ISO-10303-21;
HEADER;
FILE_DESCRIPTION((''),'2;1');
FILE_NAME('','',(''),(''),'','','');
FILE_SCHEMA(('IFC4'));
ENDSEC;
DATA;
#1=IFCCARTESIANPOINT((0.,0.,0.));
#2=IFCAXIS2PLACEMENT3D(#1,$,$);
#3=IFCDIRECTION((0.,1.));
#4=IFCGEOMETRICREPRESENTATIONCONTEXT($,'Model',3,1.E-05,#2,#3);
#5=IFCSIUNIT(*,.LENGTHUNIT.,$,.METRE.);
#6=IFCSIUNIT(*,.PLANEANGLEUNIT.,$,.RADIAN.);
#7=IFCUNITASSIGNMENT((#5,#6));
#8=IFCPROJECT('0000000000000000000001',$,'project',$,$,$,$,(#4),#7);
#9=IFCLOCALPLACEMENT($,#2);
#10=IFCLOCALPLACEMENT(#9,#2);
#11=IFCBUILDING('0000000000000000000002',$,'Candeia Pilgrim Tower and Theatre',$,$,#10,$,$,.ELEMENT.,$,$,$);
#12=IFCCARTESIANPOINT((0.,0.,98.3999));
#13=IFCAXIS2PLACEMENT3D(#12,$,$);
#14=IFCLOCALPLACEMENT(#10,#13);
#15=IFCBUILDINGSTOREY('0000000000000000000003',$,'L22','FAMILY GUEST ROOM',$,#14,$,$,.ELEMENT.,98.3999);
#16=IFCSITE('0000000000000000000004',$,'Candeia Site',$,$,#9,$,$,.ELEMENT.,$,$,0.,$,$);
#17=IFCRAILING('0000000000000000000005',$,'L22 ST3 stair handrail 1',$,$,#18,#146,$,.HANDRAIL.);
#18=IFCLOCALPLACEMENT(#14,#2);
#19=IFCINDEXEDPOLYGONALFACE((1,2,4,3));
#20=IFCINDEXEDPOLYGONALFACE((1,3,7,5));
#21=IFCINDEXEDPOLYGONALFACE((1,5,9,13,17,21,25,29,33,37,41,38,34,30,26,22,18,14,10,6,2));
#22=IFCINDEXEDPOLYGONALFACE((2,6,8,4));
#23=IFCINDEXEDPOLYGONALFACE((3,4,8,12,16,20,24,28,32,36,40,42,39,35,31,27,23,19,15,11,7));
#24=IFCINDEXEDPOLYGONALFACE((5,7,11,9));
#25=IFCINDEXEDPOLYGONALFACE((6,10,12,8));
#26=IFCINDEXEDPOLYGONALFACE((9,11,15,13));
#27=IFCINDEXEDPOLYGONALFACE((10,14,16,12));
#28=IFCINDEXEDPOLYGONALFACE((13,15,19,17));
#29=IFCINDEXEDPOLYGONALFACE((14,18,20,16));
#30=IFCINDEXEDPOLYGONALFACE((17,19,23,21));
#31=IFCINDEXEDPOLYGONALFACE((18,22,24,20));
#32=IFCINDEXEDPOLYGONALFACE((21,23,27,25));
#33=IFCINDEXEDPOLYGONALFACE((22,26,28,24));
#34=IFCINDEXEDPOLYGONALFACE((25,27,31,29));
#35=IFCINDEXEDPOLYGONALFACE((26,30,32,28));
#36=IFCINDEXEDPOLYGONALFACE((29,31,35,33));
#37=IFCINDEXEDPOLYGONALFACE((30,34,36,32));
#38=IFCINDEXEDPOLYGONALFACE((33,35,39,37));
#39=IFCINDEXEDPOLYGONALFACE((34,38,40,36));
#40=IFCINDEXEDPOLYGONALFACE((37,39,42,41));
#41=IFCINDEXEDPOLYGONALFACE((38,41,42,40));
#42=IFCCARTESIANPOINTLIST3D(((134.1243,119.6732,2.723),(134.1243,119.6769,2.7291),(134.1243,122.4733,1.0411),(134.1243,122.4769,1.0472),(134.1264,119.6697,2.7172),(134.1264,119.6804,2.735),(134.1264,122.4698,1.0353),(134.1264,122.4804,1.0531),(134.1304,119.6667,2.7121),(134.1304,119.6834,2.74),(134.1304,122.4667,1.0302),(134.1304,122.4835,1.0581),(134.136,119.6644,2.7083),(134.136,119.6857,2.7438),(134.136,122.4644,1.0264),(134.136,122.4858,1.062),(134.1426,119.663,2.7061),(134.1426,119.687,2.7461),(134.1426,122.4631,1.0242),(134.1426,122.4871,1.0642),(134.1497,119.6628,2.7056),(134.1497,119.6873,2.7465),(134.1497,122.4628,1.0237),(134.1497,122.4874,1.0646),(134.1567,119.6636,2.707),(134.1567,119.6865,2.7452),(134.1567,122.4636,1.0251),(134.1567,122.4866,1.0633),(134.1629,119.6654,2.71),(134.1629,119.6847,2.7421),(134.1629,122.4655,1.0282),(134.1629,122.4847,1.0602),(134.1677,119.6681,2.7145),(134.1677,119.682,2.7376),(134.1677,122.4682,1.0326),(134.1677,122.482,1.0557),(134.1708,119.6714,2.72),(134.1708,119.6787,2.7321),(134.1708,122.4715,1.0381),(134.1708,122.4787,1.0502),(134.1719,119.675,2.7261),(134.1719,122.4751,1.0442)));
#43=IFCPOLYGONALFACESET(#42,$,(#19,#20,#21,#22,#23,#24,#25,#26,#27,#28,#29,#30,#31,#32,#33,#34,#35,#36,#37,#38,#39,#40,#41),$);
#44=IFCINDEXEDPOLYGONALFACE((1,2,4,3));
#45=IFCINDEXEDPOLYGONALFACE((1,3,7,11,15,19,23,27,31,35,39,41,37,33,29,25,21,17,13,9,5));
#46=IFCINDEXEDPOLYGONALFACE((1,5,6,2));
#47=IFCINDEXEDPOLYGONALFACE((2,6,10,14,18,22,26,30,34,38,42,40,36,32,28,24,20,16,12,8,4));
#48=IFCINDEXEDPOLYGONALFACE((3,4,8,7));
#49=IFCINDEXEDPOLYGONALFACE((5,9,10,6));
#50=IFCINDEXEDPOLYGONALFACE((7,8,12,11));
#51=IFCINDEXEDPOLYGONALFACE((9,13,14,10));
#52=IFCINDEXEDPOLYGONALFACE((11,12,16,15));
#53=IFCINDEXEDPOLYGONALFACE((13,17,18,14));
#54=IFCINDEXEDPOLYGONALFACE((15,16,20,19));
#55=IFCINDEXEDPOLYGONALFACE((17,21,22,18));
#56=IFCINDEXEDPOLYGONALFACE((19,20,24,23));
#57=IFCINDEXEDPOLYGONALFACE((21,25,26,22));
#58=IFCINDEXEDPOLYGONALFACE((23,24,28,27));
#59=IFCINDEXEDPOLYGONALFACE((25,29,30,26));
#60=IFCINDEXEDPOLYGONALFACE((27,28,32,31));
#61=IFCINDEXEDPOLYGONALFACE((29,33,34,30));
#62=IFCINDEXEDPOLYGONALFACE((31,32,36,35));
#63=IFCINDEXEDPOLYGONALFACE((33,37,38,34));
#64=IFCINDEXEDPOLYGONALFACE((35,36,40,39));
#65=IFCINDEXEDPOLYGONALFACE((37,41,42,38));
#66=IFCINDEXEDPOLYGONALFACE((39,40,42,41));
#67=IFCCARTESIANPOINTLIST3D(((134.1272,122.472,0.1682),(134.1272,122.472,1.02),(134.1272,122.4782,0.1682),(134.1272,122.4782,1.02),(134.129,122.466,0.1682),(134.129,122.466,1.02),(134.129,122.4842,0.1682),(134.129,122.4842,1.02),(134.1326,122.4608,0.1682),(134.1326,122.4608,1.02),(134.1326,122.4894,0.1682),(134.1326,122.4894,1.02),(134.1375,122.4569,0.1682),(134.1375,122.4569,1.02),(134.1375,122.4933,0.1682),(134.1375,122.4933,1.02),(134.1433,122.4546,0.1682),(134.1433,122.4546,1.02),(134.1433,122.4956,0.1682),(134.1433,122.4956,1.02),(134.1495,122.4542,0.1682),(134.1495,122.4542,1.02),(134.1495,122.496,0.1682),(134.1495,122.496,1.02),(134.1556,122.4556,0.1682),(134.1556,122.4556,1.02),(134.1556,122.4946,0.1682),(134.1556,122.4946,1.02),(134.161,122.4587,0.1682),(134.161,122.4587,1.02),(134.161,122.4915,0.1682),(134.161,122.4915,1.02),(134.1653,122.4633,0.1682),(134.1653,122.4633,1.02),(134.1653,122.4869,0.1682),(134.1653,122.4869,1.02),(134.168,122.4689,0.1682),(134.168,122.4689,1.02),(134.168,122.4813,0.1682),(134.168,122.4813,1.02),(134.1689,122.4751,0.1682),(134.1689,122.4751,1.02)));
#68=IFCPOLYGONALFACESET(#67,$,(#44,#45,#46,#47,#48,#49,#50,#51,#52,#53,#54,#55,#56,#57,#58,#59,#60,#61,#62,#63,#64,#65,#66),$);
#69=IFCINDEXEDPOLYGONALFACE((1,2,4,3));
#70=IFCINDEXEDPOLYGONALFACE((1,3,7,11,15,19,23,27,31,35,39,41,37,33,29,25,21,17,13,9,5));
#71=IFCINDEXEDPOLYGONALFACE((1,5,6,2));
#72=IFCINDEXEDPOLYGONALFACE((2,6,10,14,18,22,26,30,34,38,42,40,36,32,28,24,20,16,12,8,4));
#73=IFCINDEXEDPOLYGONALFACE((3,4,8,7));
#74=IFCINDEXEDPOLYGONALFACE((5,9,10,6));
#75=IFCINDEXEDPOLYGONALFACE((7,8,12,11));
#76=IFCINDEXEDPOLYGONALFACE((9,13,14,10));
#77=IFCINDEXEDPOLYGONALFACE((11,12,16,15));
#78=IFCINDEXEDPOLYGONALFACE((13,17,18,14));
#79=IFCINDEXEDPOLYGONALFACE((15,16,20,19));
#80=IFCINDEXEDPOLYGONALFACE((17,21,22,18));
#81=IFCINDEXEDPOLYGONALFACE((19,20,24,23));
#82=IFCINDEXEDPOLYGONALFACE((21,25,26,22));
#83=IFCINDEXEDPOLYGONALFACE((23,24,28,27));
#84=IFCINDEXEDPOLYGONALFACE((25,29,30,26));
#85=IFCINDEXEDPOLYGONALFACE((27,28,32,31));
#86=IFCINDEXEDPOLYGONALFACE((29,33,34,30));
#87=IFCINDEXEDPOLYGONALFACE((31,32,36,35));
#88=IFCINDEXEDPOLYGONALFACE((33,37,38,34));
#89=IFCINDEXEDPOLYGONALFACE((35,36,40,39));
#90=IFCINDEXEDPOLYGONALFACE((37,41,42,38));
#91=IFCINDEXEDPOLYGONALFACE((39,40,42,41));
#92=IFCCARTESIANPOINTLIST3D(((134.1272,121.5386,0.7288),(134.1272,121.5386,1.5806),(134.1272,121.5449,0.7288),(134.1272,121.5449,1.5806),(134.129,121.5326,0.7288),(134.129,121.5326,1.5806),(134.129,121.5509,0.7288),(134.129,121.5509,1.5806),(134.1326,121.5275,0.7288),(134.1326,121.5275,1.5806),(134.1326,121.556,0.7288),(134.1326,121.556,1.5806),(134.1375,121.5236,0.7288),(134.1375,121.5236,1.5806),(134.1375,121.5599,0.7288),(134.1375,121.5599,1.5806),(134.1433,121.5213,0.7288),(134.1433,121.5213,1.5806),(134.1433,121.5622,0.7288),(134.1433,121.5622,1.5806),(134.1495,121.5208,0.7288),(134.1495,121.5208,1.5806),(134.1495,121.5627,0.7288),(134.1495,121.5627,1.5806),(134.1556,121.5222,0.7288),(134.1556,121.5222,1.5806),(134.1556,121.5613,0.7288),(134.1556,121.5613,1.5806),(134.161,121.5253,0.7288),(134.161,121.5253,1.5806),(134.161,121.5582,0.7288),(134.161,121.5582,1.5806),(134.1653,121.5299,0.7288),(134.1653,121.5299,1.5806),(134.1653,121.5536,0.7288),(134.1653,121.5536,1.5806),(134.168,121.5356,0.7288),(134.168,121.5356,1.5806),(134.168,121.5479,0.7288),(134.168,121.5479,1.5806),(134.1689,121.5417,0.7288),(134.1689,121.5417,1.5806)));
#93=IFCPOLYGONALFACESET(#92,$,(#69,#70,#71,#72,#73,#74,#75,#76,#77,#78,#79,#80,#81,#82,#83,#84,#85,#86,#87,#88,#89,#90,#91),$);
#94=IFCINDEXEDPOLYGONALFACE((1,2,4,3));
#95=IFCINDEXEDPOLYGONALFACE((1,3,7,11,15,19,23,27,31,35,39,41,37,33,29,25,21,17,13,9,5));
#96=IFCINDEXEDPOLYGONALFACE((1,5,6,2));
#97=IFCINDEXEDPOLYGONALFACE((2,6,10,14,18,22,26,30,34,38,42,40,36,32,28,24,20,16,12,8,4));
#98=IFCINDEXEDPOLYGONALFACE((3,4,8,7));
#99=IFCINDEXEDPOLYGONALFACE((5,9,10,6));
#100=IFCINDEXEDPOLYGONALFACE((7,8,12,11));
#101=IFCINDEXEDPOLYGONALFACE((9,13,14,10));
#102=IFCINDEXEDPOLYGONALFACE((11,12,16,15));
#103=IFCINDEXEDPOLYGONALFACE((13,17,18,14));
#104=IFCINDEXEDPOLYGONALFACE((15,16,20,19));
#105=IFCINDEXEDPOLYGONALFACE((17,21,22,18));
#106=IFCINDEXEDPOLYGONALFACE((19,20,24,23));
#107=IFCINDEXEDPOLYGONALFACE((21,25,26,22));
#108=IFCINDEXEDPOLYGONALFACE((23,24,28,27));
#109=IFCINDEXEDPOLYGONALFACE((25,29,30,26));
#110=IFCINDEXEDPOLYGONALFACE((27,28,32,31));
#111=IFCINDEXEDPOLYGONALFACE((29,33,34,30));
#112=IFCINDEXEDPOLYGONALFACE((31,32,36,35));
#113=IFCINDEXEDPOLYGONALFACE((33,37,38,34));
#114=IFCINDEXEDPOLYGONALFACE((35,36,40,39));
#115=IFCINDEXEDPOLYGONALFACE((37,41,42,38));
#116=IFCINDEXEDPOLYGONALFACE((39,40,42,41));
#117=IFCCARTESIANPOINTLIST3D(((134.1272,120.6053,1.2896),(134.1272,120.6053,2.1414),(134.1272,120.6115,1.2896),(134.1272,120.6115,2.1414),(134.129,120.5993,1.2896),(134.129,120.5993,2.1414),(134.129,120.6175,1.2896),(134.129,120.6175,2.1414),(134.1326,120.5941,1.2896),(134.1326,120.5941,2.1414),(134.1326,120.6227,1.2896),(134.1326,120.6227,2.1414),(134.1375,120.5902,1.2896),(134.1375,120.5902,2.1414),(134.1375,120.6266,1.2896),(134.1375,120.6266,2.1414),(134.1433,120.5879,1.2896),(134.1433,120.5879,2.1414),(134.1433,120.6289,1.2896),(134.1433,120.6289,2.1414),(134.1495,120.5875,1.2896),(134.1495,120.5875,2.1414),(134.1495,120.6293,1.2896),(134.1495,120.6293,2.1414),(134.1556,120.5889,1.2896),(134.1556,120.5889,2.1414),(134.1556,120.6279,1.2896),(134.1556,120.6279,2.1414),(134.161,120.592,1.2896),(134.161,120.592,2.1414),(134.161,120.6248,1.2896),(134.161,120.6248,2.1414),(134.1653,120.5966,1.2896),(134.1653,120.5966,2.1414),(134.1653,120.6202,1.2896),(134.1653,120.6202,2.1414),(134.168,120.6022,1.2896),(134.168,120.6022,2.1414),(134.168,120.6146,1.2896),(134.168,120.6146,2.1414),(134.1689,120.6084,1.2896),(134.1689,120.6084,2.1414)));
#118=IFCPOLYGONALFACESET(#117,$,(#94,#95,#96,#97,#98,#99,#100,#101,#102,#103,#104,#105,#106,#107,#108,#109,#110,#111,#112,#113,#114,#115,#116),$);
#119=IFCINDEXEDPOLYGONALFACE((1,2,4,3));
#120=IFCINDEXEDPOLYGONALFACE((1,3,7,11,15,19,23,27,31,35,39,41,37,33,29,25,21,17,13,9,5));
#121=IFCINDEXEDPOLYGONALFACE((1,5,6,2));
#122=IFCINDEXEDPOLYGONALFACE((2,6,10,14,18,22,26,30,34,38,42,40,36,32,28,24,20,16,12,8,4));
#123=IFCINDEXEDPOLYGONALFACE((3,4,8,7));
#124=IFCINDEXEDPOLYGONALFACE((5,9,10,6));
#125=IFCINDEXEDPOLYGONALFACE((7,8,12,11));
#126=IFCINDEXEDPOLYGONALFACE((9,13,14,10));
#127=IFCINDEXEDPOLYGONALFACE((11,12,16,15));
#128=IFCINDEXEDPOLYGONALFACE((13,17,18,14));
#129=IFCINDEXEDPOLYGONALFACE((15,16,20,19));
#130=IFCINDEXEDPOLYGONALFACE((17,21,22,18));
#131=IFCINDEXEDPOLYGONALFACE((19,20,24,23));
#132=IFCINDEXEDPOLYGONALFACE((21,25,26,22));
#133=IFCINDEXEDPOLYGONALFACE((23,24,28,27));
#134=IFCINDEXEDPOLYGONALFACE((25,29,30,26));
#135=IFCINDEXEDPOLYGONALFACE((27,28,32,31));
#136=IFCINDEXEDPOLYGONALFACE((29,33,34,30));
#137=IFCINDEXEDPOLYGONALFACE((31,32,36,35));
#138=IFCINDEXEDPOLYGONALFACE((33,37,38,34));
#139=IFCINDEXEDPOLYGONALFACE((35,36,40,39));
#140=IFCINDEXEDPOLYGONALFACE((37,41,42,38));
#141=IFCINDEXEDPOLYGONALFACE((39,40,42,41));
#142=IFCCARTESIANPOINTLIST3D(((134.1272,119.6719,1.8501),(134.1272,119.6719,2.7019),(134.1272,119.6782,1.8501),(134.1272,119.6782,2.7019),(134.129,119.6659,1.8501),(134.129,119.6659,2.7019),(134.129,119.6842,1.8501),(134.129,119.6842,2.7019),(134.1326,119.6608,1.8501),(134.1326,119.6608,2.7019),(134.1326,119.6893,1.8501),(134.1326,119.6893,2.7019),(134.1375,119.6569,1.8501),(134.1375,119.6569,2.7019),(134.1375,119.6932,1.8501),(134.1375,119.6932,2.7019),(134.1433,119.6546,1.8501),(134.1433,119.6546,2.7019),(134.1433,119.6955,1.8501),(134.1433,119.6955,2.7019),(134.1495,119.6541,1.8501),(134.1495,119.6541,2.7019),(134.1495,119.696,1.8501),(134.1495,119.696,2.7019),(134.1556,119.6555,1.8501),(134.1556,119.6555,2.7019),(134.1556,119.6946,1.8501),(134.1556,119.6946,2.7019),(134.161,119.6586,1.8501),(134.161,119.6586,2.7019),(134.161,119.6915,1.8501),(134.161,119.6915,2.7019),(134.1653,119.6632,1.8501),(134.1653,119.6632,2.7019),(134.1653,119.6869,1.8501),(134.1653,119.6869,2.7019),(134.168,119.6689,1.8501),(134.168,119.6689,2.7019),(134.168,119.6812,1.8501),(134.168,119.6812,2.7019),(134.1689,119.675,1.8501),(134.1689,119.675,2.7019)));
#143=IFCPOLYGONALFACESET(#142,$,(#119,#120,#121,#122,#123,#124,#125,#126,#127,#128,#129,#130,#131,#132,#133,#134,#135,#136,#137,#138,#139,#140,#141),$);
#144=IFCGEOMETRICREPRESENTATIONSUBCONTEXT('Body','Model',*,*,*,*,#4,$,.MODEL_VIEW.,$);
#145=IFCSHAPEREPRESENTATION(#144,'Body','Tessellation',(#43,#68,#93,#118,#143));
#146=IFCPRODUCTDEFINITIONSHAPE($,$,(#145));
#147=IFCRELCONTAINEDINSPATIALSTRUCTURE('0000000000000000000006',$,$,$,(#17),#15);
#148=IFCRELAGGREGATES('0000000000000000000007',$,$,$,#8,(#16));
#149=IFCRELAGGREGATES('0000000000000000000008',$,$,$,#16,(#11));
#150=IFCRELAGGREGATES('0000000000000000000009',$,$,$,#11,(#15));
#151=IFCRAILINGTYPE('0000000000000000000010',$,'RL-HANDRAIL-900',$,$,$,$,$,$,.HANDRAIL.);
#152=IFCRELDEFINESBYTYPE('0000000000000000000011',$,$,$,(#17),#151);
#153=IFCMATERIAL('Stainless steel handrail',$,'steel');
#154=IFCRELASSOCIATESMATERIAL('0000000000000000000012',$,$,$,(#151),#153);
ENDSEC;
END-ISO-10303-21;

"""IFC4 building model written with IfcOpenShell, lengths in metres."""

from ifc_helpers import new_model, si_unit, direction, frame, origin, origin_2d, place, context, subcontext, project, spatial, circle, extrude, material, type_object, element, save


model = new_model("IFC4")

# Units and contexts
model_context = context("Model", 3, precision=1e-05, world=origin(), true_north=direction((0.0, 1.0)))
body_context = subcontext(model_context, "Body", "Model", "MODEL_VIEW")
ifc_project = project(units=[si_unit("LENGTHUNIT", "METRE"), si_unit("PLANEANGLEUNIT", "RADIAN")], contexts=[model_context])

# Site, building, storey
site_placement = place(None, origin())
site = spatial("IfcSite", under=ifc_project, at=site_placement, Name="Candeia Site", CompositionType="ELEMENT", RefElevation=0.0)
building_placement = place(site_placement, origin())
building = spatial("IfcBuilding", under=site, at=building_placement, Name="Candeia Pilgrim Tower and Theatre", CompositionType="ELEMENT")
storey_placement = place(building_placement, frame((0.0, 0.0, 98.3999)))
storey = spatial("IfcBuildingStorey", under=building, at=storey_placement, Name="L22", Description="FAMILY GUEST ROOM", CompositionType="ELEMENT", Elevation=98.3999)

# Railing
ifc_material_1 = material(Name="Stainless steel handrail", Category="steel")
railing_type_1 = type_object("IfcRailingType", Name="RL-HANDRAIL-900", PredefinedType="HANDRAIL", material=ifc_material_1)
railing_1_placement = place(storey_placement, frame((134.1479, 122.4751, 0.1682)))
element("IfcRailing", 1, at=railing_1_placement, inside=storey, type_object=railing_type_1, Name="L22 ST3 stair handrail 1", PredefinedType="HANDRAIL", context=body_context, shape_type="SweptSolid", body=[
    extrude(circle(Radius=0.0239, at=origin_2d()), frame((0.0, 0.0, 0.876), z_axis=(0.0, -0.857242, 0.514913), x_axis=(1.0, 0.0, 0.0)), (0.0, 0.0, 1.0), 3.2664),
    extrude(circle(Radius=0.021, at=origin_2d()), origin(), (0.0, 0.0, 1.0), 0.8518),
    extrude(circle(Radius=0.021, at=origin_2d()), frame((0.0, -0.9333, 0.5605)), (0.0, 0.0, 1.0), 0.8518),
    extrude(circle(Radius=0.021, at=origin_2d()), frame((0.0, -1.8667, 1.1213)), (0.0, 0.0, 1.0), 0.8518),
    extrude(circle(Radius=0.021, at=origin_2d()), frame((0.0, -2.8, 1.6819)), (0.0, 0.0, 1.0), 0.8518),
])

save(model, "model.ifc")
